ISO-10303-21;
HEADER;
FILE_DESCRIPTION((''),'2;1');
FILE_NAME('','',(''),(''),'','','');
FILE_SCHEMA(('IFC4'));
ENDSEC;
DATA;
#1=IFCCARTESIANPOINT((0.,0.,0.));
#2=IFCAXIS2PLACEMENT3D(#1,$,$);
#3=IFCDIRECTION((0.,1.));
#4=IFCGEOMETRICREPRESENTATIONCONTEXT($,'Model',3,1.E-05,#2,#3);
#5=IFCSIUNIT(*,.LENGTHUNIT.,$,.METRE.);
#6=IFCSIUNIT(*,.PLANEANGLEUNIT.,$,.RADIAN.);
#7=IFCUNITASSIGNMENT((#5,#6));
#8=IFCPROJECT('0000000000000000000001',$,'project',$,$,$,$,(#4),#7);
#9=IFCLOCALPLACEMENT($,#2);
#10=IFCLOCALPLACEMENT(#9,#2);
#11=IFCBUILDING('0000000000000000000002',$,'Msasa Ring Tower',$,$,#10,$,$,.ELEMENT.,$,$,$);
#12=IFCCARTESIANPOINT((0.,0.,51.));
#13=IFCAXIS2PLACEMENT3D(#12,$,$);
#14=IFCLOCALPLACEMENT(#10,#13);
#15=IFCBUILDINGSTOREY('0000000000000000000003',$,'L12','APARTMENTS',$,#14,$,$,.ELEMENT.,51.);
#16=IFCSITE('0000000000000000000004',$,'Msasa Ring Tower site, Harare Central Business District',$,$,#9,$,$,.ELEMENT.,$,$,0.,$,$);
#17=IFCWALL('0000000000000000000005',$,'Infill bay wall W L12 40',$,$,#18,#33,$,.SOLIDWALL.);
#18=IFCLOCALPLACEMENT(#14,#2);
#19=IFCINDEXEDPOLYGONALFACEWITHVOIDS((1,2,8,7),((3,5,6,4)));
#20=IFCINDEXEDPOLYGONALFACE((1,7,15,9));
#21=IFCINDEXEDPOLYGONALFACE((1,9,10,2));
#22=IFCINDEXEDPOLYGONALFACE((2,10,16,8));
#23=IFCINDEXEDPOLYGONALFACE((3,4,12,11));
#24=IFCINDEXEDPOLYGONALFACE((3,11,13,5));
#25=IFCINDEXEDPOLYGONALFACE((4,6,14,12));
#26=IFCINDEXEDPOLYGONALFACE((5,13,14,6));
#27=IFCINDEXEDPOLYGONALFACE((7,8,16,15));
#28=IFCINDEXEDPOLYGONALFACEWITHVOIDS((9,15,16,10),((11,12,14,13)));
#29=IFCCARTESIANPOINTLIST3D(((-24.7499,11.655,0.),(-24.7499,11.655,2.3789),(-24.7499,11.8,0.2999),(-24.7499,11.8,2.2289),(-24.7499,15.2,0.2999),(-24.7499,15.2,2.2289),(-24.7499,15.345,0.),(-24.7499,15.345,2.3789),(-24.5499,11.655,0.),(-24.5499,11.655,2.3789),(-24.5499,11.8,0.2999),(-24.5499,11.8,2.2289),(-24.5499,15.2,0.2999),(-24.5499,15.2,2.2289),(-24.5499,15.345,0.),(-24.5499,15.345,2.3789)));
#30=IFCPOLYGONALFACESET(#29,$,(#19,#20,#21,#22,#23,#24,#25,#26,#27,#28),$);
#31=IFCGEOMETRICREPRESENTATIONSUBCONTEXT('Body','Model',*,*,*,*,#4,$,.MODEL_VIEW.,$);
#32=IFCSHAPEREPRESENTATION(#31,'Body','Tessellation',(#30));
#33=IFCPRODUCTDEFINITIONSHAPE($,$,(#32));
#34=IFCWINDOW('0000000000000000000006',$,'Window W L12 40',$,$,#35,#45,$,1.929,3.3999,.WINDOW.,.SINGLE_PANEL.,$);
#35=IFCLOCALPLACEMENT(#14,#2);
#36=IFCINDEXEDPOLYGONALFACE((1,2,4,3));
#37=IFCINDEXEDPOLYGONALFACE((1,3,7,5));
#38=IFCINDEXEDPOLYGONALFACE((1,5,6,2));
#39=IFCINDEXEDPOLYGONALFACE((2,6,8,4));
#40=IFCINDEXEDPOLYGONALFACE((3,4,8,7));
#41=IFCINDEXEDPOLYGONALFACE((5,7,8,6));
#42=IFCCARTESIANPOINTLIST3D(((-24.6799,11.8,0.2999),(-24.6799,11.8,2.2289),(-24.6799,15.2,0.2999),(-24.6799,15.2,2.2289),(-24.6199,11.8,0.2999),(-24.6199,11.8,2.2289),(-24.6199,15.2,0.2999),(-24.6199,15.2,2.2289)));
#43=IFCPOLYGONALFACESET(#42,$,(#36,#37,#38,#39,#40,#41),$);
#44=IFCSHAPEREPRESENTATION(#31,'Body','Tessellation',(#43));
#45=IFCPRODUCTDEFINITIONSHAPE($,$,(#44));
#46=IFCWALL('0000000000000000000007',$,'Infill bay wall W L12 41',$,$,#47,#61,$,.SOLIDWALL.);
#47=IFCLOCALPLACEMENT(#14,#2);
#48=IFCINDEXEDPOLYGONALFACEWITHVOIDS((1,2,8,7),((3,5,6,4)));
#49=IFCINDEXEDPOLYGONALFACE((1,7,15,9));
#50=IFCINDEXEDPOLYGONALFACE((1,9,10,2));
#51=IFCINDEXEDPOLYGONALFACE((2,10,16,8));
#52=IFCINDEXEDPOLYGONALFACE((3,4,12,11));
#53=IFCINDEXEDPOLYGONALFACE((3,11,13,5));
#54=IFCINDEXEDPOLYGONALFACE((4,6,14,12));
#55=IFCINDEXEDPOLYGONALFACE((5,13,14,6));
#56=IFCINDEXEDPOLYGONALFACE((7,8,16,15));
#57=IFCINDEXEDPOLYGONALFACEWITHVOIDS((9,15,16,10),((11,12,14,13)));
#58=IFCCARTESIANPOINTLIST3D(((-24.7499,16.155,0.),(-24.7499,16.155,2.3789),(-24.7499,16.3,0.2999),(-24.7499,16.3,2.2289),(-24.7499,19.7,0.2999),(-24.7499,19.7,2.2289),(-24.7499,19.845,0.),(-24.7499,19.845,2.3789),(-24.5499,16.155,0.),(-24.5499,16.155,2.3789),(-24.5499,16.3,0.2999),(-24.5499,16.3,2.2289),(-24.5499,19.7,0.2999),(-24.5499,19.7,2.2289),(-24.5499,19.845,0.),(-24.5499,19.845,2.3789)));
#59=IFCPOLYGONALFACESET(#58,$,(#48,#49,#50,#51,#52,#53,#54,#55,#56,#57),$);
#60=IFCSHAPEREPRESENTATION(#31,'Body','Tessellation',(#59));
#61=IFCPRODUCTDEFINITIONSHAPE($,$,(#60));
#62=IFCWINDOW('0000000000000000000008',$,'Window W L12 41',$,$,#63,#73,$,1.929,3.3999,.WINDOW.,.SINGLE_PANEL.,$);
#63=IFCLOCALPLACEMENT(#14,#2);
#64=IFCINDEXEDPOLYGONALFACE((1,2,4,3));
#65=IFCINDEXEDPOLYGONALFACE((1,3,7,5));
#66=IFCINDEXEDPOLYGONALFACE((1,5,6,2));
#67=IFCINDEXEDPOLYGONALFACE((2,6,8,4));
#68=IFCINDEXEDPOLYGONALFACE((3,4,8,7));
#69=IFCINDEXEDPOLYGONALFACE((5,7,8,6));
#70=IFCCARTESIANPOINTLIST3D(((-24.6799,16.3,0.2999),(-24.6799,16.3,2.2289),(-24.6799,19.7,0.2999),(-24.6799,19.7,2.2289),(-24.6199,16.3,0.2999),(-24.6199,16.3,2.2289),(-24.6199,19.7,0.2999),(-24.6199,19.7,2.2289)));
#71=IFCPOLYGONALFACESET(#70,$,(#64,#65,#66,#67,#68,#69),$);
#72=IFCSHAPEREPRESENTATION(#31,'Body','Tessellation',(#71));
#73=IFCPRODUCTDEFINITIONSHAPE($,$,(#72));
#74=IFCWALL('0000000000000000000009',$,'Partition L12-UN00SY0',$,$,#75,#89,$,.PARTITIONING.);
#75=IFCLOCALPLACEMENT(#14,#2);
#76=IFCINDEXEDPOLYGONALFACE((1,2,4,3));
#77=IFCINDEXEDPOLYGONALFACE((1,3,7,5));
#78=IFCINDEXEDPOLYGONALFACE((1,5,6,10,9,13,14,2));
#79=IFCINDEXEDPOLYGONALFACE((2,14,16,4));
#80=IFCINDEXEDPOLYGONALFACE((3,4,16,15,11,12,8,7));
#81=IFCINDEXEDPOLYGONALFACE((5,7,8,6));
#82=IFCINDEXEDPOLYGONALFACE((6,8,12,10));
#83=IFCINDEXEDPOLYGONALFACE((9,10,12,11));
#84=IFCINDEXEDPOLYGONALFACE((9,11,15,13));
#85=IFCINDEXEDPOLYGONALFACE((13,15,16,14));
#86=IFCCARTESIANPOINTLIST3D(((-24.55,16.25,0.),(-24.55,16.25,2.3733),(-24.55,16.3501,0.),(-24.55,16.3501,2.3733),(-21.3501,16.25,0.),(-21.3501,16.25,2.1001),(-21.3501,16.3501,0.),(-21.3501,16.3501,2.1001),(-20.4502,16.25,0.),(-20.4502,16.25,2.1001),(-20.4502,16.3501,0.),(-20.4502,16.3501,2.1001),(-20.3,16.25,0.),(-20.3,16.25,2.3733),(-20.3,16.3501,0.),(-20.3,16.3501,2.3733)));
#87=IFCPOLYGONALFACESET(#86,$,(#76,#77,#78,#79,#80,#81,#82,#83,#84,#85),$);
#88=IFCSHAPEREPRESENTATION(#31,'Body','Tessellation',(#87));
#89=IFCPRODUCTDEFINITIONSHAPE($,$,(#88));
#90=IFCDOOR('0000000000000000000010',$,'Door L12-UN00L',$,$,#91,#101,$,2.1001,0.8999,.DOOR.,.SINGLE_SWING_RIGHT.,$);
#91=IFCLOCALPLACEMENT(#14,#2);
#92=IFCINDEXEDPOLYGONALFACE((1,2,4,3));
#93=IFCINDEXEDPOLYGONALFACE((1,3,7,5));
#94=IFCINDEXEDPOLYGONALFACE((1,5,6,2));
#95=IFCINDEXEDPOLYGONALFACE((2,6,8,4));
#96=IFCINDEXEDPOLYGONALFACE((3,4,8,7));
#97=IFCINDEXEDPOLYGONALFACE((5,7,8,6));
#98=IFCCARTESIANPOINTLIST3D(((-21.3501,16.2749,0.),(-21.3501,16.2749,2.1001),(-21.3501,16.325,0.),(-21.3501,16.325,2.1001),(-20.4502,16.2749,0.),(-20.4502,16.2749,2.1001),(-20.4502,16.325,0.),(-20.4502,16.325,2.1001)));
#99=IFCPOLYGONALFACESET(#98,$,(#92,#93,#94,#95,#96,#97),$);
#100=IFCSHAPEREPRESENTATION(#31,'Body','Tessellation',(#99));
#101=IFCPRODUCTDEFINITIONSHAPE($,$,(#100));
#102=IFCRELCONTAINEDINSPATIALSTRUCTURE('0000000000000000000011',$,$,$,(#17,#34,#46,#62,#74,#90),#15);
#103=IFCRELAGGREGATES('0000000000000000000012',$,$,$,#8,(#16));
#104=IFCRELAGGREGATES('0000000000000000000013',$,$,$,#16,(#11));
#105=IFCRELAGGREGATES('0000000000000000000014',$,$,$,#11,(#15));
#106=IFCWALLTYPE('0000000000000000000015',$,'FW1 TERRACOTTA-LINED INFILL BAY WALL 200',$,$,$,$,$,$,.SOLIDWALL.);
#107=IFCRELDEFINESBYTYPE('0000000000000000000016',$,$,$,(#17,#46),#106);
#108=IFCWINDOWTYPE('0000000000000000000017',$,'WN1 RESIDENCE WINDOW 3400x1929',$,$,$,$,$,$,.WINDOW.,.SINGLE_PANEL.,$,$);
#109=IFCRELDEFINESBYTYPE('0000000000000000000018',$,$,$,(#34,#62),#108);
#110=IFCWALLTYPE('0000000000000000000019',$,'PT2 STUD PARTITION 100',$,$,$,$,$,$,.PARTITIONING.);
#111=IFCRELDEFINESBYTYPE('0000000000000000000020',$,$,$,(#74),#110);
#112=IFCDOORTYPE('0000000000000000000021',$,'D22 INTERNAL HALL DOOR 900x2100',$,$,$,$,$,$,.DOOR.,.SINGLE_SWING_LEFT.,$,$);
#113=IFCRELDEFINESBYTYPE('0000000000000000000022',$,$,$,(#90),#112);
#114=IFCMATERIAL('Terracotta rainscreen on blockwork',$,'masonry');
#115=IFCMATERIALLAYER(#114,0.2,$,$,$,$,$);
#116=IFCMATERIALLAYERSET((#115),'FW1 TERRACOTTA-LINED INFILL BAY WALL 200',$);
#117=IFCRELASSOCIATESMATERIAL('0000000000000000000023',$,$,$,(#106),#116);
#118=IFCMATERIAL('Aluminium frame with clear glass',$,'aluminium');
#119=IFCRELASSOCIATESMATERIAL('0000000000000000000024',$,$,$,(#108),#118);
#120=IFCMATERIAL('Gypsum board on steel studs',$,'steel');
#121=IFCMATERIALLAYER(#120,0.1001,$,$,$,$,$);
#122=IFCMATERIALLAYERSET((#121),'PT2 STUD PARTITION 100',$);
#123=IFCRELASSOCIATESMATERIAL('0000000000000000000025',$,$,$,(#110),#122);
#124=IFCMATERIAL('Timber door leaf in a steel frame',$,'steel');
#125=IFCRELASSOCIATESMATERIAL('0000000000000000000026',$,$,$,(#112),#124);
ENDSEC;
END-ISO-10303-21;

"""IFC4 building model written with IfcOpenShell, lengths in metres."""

from ifc_helpers import new_model, si_unit, direction, frame, frame_2d, origin, place, context, subcontext, project, spatial, rectangle, extrude, material, layer, layer_set, type_object, element, fill, save


model = new_model("IFC4")

# Units and contexts
model_context = context("Model", 3, precision=1e-05, world=origin(), true_north=direction((0.0, 1.0)))
body_context = subcontext(model_context, "Body", "Model", "MODEL_VIEW")
ifc_project = project(units=[si_unit("LENGTHUNIT", "METRE"), si_unit("PLANEANGLEUNIT", "RADIAN")], contexts=[model_context])

# Site, building, storey
site_placement = place(None, origin())
site = spatial("IfcSite", under=ifc_project, at=site_placement, Name="Msasa Ring Tower site, Harare Central Business District", CompositionType="ELEMENT", RefElevation=0.0)
building_placement = place(site_placement, origin())
building = spatial("IfcBuilding", under=site, at=building_placement, Name="Msasa Ring Tower", CompositionType="ELEMENT")
storey_placement = place(building_placement, frame((0.0, 0.0, 51.0)))
storey = spatial("IfcBuildingStorey", under=building, at=storey_placement, Name="L12", Description="APARTMENTS", CompositionType="ELEMENT", Elevation=51.0)

# Walls, openings, windows
ifc_material_1 = material(Name="Terracotta rainscreen on blockwork", Category="masonry")
ifc_layer_1 = layer(ifc_material_1, 0.2)
ifc_layer_set_1 = layer_set([ifc_layer_1], Name="FW1 TERRACOTTA-LINED INFILL BAY WALL 200")
wall_type_1 = type_object("IfcWallType", Name="FW1 TERRACOTTA-LINED INFILL BAY WALL 200", PredefinedType="SOLIDWALL", material=ifc_layer_set_1)
wall_1_placement = place(storey_placement, frame((-24.6499, 11.655, 0.0), z_axis=(0.0, 0.0, 1.0), x_axis=(0.0, 1.0, 0.0)))
wall_1 = element("IfcWall", 1, at=wall_1_placement, inside=storey, type_object=wall_type_1, Name="Infill bay wall W L12 40", PredefinedType="SOLIDWALL", context=body_context, shape_type="SweptSolid", body=[
    extrude(rectangle(XDim=3.6899, YDim=0.2, at=frame_2d((1.845, 0.0))), origin(), (0.0, 0.0, 1.0), 2.3789),
])
opening_1_placement = place(wall_1_placement, frame((0.145, 0.0, 0.3)))
opening_1 = element("IfcOpeningElement", 2, at=opening_1_placement, cuts=wall_1, PredefinedType="OPENING", context=body_context, shape_type="SweptSolid", body=[
    extrude(rectangle(XDim=3.3999, YDim=1.929, at=frame_2d((1.7, 0.9644))), frame((0.0, 0.1099, 0.0), z_axis=(0.0, -1.0, 0.0), x_axis=(1.0, 0.0, 0.0)), (0.0, 0.0, 1.0), 0.22),
])
ifc_material_2 = material(Name="Aluminium frame with clear glass", Category="aluminium")
window_type = type_object("IfcWindowType", Name="WN1 RESIDENCE WINDOW 3400x1929", PartitioningType="SINGLE_PANEL", PredefinedType="WINDOW", material=ifc_material_2)
window_1_placement = place(opening_1_placement, origin())
window_1 = element("IfcWindow", 3, at=window_1_placement, inside=storey, type_object=window_type, Name="Window W L12 40", OverallHeight=1.929, OverallWidth=3.3999, PartitioningType="SINGLE_PANEL", PredefinedType="WINDOW", context=body_context, shape_type="SweptSolid", body=[
    extrude(rectangle(XDim=3.3999, YDim=1.929, at=frame_2d((1.7, 0.9644))), frame((0.0, 0.03, 0.0), z_axis=(0.0, -1.0, 0.0), x_axis=(1.0, 0.0, 0.0)), (0.0, 0.0, 1.0), 0.0601),
])
fill(opening_1, window_1)
wall_2_placement = place(storey_placement, frame((-24.6499, 16.155, 0.0), z_axis=(0.0, 0.0, 1.0), x_axis=(0.0, 1.0, 0.0)))
wall_2 = element("IfcWall", 4, at=wall_2_placement, inside=storey, type_object=wall_type_1, Name="Infill bay wall W L12 41", PredefinedType="SOLIDWALL", context=body_context, shape_type="SweptSolid", body=[
    extrude(rectangle(XDim=3.6899, YDim=0.2, at=frame_2d((1.845, 0.0))), origin(), (0.0, 0.0, 1.0), 2.3789),
])
opening_2_placement = place(wall_2_placement, frame((0.145, 0.0, 0.3)))
opening_2 = element("IfcOpeningElement", 5, at=opening_2_placement, cuts=wall_2, PredefinedType="OPENING", context=body_context, shape_type="SweptSolid", body=[
    extrude(rectangle(XDim=3.3999, YDim=1.929, at=frame_2d((1.7, 0.9644))), frame((0.0, 0.1099, 0.0), z_axis=(0.0, -1.0, 0.0), x_axis=(1.0, 0.0, 0.0)), (0.0, 0.0, 1.0), 0.22),
])
window_2_placement = place(opening_2_placement, origin())
window_2 = element("IfcWindow", 6, at=window_2_placement, inside=storey, type_object=window_type, Name="Window W L12 41", OverallHeight=1.929, OverallWidth=3.3999, PartitioningType="SINGLE_PANEL", PredefinedType="WINDOW", context=body_context, shape_type="SweptSolid", body=[
    extrude(rectangle(XDim=3.3999, YDim=1.929, at=frame_2d((1.7, 0.9644))), frame((0.0, 0.03, 0.0), z_axis=(0.0, -1.0, 0.0), x_axis=(1.0, 0.0, 0.0)), (0.0, 0.0, 1.0), 0.0601),
])
fill(opening_2, window_2)

# Wall, opening, door
ifc_material_3 = material(Name="Gypsum board on steel studs", Category="steel")
ifc_layer_2 = layer(ifc_material_3, 0.1001)
ifc_layer_set_2 = layer_set([ifc_layer_2], Name="PT2 STUD PARTITION 100")
wall_type_2 = type_object("IfcWallType", Name="PT2 STUD PARTITION 100", PredefinedType="PARTITIONING", material=ifc_layer_set_2)
wall_3_placement = place(storey_placement, frame((-24.55, 16.3, 0.0), z_axis=(0.0, 0.0, 1.0), x_axis=(1.0, 0.0, 0.0)))
wall_3 = element("IfcWall", 7, at=wall_3_placement, inside=storey, type_object=wall_type_2, Name="Partition L12-UN00SY0", PredefinedType="PARTITIONING", context=body_context, shape_type="SweptSolid", body=[
    extrude(rectangle(XDim=4.25, YDim=0.1001, at=frame_2d((2.125, 0.0))), origin(), (0.0, 0.0, 1.0), 2.3733),
])
opening_3_placement = place(wall_3_placement, frame((3.2, 0.0, 0.0)))
opening_3 = element("IfcOpeningElement", 8, at=opening_3_placement, cuts=wall_3, PredefinedType="OPENING", context=body_context, shape_type="SweptSolid", body=[
    extrude(rectangle(XDim=0.8999, YDim=2.1001, at=frame_2d((0.45, 1.05))), frame((0.0, 0.0601, 0.0), z_axis=(0.0, -1.0, 0.0), x_axis=(1.0, 0.0, 0.0)), (0.0, 0.0, 1.0), 0.1201),
])
ifc_material_4 = material(Name="Timber door leaf in a steel frame", Category="steel")
door_type = type_object("IfcDoorType", Name="D22 INTERNAL HALL DOOR 900x2100", OperationType="SINGLE_SWING_LEFT", PredefinedType="DOOR", material=ifc_material_4)
door_placement = place(opening_3_placement, origin())
door = element("IfcDoor", 9, at=door_placement, inside=storey, type_object=door_type, Name="Door L12-UN00L", OperationType="SINGLE_SWING_RIGHT", OverallHeight=2.1001, OverallWidth=0.8999, PredefinedType="DOOR", context=body_context, shape_type="SweptSolid", body=[
    extrude(rectangle(XDim=0.8999, YDim=2.1001, at=frame_2d((0.45, 1.05))), frame((0.0, 0.0249, 0.0), z_axis=(0.0, -1.0, 0.0), x_axis=(1.0, 0.0, 0.0)), (0.0, 0.0, 1.0), 0.05),
])
fill(opening_3, door)

save(model, "model.ifc")
